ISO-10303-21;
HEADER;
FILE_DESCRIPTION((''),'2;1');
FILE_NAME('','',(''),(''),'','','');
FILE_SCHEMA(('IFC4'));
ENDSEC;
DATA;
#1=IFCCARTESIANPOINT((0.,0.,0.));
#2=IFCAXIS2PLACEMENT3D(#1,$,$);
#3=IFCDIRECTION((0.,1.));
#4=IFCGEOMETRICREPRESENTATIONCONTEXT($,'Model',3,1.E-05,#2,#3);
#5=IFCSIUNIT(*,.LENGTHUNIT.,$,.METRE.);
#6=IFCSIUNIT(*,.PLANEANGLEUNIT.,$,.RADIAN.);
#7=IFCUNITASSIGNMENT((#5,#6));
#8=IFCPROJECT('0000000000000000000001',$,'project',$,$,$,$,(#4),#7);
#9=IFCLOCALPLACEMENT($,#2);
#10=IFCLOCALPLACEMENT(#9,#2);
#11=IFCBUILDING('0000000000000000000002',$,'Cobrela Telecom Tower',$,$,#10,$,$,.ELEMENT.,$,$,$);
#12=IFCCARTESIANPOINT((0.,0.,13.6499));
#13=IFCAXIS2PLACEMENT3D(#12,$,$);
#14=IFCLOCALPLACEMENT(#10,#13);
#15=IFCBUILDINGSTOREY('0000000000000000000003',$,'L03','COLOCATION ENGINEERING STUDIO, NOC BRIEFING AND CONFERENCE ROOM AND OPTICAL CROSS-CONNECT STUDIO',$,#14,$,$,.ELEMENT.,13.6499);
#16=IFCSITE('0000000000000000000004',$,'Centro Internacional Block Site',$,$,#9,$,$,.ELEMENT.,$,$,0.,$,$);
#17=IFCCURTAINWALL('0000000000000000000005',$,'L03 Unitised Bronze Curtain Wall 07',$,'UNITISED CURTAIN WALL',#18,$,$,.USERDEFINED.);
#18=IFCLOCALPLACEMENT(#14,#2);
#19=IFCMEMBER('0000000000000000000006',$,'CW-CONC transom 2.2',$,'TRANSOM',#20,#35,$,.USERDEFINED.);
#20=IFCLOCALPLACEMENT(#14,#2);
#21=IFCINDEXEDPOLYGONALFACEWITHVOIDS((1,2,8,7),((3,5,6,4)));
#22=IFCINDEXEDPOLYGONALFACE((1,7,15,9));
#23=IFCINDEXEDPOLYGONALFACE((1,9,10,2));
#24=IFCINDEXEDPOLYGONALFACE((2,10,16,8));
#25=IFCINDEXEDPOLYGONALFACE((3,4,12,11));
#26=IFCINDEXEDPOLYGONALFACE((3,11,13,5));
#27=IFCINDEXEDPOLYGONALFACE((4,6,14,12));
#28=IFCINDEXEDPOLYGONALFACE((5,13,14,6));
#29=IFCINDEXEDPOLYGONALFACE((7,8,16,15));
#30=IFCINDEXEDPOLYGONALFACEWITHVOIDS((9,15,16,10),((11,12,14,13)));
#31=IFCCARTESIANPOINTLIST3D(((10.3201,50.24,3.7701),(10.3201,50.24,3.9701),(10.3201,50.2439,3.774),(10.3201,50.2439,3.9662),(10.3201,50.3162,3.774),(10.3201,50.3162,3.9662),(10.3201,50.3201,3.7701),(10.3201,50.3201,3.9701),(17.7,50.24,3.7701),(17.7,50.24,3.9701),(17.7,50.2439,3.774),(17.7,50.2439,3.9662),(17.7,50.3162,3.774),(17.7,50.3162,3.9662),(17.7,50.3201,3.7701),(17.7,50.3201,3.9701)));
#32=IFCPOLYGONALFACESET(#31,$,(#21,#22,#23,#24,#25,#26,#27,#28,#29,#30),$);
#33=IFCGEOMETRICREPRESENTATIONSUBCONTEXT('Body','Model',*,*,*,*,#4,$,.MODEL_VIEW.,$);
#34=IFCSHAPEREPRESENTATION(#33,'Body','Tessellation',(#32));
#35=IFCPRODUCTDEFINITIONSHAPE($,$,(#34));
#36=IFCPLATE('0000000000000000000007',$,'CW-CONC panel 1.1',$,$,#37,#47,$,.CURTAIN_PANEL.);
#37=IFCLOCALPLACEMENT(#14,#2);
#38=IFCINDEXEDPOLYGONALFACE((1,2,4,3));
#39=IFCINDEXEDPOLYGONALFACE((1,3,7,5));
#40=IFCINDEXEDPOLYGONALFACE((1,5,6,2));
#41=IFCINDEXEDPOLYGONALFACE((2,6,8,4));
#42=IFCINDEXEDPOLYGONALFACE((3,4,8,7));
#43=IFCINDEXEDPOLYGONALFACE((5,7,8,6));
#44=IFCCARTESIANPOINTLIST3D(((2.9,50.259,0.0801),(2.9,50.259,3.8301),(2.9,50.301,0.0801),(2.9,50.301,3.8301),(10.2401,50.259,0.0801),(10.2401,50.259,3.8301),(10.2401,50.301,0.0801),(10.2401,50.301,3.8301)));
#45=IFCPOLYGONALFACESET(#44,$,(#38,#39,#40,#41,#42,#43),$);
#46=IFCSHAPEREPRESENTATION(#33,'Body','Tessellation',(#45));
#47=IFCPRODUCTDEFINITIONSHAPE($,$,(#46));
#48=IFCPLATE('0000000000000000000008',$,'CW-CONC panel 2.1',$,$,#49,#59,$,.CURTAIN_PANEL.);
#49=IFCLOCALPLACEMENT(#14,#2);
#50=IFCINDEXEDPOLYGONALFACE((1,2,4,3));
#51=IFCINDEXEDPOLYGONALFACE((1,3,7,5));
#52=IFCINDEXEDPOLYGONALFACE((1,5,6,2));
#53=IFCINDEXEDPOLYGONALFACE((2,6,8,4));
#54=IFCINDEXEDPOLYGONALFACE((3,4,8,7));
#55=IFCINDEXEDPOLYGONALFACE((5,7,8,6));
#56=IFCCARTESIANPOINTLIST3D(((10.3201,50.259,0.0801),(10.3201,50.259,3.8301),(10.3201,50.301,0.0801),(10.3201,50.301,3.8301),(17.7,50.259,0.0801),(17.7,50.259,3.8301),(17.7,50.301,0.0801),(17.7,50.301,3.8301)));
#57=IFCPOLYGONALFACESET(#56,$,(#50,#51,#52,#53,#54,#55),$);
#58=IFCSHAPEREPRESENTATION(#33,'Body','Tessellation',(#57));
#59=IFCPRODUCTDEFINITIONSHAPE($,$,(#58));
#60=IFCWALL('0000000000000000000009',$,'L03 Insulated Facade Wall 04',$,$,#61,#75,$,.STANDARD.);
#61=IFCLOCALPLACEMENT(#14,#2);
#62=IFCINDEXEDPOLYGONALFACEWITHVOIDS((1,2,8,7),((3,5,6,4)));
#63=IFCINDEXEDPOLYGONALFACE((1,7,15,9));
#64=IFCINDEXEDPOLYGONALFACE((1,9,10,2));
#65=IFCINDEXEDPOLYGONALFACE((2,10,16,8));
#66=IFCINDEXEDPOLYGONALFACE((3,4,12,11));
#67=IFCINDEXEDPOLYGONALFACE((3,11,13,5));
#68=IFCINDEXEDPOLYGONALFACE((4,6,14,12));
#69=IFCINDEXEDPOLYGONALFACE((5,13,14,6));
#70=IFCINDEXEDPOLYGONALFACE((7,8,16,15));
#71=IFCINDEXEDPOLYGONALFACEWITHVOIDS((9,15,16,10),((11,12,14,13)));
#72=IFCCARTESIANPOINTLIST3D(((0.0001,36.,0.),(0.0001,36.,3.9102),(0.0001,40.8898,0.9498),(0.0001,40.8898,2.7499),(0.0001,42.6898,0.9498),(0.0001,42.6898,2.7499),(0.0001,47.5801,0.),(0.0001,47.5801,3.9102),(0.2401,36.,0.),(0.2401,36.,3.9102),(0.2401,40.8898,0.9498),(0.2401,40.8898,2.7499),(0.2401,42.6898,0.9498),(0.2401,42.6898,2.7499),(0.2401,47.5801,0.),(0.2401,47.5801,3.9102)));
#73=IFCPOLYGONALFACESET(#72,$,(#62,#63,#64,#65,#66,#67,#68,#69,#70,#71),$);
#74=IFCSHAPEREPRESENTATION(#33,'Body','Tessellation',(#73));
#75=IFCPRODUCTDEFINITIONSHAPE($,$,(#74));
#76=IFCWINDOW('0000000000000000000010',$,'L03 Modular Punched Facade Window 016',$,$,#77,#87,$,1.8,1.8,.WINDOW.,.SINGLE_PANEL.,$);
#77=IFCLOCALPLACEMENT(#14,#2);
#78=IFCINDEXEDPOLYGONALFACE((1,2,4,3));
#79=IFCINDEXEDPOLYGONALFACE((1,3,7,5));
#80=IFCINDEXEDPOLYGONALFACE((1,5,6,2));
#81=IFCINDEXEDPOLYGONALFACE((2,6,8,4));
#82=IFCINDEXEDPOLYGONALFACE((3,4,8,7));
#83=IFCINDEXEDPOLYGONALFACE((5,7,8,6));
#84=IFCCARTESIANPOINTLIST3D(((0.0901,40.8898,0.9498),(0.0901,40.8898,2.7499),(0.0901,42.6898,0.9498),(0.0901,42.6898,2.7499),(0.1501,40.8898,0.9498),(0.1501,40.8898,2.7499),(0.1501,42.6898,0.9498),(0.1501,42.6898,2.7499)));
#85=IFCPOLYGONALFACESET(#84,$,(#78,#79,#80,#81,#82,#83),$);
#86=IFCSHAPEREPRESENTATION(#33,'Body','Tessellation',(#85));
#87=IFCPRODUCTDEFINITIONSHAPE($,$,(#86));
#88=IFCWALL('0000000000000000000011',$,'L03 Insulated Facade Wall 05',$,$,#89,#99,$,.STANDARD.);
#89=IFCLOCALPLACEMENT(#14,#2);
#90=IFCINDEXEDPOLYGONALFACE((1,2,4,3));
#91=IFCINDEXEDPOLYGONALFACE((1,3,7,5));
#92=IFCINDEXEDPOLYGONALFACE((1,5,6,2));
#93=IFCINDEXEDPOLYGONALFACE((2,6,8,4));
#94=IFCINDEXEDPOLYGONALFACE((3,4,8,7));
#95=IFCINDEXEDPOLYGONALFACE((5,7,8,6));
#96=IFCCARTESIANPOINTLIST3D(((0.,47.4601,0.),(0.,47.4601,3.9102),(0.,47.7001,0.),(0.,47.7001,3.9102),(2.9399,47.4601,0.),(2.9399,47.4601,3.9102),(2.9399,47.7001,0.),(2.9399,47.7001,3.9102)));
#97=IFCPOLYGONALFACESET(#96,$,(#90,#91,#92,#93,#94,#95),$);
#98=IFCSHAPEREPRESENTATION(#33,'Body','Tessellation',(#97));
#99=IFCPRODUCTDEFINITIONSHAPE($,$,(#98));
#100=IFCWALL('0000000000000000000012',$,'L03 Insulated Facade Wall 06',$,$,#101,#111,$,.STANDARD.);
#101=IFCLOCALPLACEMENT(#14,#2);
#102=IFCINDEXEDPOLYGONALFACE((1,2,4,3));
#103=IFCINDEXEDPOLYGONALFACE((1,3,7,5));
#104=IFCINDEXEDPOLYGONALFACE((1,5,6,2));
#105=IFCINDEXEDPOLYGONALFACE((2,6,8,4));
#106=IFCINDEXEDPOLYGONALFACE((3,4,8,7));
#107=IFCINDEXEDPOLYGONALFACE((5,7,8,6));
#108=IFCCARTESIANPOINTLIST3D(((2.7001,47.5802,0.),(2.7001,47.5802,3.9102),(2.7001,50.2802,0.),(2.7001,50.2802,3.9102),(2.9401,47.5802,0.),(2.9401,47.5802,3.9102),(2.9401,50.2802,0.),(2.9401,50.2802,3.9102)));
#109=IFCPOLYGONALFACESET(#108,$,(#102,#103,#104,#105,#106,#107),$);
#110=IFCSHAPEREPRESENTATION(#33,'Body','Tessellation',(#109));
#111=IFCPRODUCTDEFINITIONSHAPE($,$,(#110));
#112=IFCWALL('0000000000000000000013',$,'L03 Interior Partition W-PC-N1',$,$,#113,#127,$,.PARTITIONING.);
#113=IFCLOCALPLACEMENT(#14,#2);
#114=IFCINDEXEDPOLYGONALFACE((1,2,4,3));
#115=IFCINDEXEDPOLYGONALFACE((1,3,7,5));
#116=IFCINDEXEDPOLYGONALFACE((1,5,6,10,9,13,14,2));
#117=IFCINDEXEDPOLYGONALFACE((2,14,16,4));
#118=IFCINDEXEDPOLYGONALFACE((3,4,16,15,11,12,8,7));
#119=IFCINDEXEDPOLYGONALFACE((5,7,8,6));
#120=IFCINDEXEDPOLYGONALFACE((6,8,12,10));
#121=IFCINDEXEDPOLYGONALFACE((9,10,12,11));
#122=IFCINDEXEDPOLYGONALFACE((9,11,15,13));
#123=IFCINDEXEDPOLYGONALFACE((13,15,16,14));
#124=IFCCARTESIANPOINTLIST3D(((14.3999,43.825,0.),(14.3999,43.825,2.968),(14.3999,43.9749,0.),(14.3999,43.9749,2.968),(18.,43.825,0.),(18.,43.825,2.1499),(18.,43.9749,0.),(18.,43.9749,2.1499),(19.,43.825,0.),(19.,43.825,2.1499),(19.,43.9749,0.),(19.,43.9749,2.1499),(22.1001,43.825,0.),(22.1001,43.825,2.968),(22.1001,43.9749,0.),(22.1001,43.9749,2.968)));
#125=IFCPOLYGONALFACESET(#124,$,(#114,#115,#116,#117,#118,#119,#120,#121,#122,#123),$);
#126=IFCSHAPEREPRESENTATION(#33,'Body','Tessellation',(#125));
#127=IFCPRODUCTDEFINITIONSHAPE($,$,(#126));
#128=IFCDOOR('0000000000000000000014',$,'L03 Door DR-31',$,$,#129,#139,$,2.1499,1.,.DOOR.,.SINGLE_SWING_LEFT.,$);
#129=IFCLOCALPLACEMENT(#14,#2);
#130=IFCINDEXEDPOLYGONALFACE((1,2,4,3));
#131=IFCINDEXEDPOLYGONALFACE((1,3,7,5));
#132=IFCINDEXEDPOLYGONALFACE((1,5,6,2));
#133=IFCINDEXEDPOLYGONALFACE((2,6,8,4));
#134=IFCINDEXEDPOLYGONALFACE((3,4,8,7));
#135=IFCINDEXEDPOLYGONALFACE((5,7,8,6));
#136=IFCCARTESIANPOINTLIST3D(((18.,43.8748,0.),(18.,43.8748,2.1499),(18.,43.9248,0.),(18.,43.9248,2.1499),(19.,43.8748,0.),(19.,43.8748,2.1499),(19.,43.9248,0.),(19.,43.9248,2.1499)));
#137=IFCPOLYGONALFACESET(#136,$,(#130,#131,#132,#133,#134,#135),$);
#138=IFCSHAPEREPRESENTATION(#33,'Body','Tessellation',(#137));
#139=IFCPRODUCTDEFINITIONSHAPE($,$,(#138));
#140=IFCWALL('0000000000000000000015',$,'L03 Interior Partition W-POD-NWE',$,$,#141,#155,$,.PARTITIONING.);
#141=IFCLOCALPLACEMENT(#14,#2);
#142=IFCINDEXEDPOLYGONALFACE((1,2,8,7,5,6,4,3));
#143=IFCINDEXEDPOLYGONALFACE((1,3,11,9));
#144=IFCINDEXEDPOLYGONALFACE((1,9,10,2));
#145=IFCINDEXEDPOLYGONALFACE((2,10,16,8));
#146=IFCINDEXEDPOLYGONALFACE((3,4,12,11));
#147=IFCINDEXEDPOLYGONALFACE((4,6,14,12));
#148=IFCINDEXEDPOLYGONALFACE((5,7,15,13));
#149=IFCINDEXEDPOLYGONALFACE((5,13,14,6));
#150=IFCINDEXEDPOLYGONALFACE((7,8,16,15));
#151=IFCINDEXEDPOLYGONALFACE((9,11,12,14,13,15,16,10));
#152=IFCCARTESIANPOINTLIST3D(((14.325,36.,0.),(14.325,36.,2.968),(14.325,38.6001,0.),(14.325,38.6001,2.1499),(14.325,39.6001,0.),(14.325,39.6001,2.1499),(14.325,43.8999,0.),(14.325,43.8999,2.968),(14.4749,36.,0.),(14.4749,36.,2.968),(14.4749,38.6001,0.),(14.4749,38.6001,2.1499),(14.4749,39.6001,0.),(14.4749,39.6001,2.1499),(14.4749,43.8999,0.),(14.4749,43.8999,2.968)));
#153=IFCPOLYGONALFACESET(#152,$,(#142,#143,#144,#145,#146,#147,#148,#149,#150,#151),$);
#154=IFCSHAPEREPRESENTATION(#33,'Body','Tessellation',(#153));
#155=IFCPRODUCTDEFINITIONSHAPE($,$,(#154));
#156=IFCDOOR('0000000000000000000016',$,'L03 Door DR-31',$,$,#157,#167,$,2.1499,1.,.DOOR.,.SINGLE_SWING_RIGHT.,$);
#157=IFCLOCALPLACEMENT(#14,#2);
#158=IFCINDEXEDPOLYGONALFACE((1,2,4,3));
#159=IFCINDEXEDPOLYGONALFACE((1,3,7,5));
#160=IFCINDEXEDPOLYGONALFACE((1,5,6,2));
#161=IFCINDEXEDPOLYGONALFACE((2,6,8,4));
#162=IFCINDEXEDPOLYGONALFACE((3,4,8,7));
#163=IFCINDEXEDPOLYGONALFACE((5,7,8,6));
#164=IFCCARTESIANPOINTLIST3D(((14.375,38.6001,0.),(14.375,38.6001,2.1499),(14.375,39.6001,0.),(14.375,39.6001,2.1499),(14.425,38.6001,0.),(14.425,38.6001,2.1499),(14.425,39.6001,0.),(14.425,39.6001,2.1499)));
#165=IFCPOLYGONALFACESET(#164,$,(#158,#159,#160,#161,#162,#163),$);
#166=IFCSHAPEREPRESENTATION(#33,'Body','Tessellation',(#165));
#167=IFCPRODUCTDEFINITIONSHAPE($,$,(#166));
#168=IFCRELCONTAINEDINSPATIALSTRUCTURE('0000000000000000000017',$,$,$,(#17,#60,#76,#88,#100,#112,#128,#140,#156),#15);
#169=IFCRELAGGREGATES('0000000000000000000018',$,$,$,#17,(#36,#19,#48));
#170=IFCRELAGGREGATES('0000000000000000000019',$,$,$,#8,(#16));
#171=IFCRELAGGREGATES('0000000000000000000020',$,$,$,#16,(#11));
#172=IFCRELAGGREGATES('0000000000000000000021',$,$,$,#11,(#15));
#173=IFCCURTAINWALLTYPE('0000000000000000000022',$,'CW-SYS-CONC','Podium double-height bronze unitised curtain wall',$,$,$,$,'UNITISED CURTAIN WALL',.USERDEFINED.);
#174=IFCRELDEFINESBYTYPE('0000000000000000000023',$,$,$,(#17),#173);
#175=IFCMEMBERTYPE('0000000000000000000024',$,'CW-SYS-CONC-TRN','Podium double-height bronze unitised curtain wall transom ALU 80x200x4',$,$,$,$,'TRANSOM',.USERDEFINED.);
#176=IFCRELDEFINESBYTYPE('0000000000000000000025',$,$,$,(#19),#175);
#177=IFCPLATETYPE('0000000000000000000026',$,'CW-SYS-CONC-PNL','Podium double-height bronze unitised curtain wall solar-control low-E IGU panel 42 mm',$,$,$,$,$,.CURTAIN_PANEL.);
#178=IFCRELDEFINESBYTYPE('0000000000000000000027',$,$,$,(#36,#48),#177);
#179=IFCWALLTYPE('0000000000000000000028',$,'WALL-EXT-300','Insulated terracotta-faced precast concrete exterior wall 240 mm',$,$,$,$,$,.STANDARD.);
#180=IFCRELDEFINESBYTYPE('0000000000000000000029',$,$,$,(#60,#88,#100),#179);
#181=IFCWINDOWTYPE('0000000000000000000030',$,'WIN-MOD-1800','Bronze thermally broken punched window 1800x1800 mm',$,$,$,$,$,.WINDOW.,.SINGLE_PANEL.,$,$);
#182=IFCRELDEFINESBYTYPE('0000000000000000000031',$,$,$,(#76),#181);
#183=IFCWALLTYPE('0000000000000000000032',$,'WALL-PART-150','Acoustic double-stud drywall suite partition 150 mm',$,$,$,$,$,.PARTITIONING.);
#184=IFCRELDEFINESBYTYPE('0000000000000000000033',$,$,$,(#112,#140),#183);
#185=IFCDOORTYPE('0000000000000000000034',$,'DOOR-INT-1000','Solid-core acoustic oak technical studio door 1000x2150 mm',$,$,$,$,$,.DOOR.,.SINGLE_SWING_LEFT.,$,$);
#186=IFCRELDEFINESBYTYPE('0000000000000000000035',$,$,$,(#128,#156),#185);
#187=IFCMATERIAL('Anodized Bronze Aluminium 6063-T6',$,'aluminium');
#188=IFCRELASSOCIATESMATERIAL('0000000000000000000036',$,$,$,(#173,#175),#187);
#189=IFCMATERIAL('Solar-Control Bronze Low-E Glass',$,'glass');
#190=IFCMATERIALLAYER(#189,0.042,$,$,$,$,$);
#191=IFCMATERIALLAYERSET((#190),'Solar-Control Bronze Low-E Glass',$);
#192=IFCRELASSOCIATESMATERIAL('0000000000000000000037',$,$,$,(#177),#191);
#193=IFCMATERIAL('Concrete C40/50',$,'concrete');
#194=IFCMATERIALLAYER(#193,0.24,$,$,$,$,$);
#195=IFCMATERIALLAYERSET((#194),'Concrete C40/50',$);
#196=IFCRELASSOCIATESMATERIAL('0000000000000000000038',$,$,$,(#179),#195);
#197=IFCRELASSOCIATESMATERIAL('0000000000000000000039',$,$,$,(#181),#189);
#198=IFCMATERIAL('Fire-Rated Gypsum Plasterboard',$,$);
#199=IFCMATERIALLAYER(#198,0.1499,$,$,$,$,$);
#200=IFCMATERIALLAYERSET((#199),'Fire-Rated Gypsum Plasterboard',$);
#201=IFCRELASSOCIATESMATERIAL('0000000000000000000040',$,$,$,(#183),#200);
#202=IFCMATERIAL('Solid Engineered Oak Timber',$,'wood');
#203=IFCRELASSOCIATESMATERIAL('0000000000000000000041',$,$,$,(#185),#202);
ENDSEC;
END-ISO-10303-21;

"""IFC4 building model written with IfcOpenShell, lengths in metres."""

from ifc_helpers import new_model, si_unit, direction, frame, frame_2d, origin, origin_2d, place, context, subcontext, project, spatial, rectangle, hollow_rectangle, extrude, material, layer, layer_set, material_profile, profile_set, type_object, element, fill, aggregate, save


model = new_model("IFC4")

# Units and contexts
model_context = context("Model", 3, precision=1e-05, world=origin(), true_north=direction((0.0, 1.0)))
body_context = subcontext(model_context, "Body", "Model", "MODEL_VIEW")
ifc_project = project(units=[si_unit("LENGTHUNIT", "METRE"), si_unit("PLANEANGLEUNIT", "RADIAN")], contexts=[model_context])

# Site, building, storey
site_placement = place(None, origin())
site = spatial("IfcSite", under=ifc_project, at=site_placement, Name="Centro Internacional Block Site", CompositionType="ELEMENT", RefElevation=0.0)
building_placement = place(site_placement, origin())
building = spatial("IfcBuilding", under=site, at=building_placement, Name="Cobrela Telecom Tower", CompositionType="ELEMENT")
storey_placement = place(building_placement, frame((0.0, 0.0, 13.6499)))
storey = spatial("IfcBuildingStorey", under=building, at=storey_placement, Name="L03", Description="COLOCATION ENGINEERING STUDIO, NOC BRIEFING AND CONFERENCE ROOM AND OPTICAL CROSS-CONNECT STUDIO", CompositionType="ELEMENT", Elevation=13.6499)

# Shared definitions
ifc_material_1 = material(Name="Concrete C40/50", Category="concrete")

# Curtain wall, member, plates
ifc_material_2 = material(Name="Anodized Bronze Aluminium 6063-T6", Category="aluminium")
curtain_wall_type = type_object("IfcCurtainWallType", Name="CW-SYS-CONC", Description="Podium double-height bronze unitised curtain wall", ElementType="UNITISED CURTAIN WALL", PredefinedType="USERDEFINED", material=ifc_material_2)
curtain_wall_placement = place(storey_placement, origin())
curtain_wall = element("IfcCurtainWall", 1, at=curtain_wall_placement, inside=storey, type_object=curtain_wall_type, Name="L03 Unitised Bronze Curtain Wall 07", ObjectType="UNITISED CURTAIN WALL", PredefinedType="USERDEFINED")
ifc_material_profile_1 = material_profile(ifc_material_2, hollow_rectangle(XDim=0.0801, YDim=0.2, WallThickness=0.0039, at=origin_2d()), Name="ALU 80x200x4")
ifc_profile_set_1 = profile_set([ifc_material_profile_1], Name="Anodized Bronze Aluminium 6063-T6")
member_type_1 = type_object("IfcMemberType", Name="CW-SYS-CONC-TRN", Description="Podium double-height bronze unitised curtain wall transom ALU 80x200x4", ElementType="TRANSOM", PredefinedType="USERDEFINED", material=ifc_profile_set_1)
member_1_placement = place(storey_placement, frame((10.3201, 50.28, 3.8701), z_axis=(1.0, 0.0, 0.0), x_axis=(0.0, 1.0, 0.0)))
member_1 = element("IfcMember", 2, at=member_1_placement, type_object=member_type_1, Name="CW-CONC transom 2.2", ObjectType="TRANSOM", PredefinedType="USERDEFINED", context=body_context, shape_type="SweptSolid", body=[
    extrude(hollow_rectangle(XDim=0.0801, YDim=0.2, WallThickness=0.0039, at=origin_2d()), origin(), (0.0, 0.0, 1.0), 7.3799),
])
ifc_material_3 = material(Name="Solar-Control Bronze Low-E Glass", Category="glass")
ifc_layer_1 = layer(ifc_material_3, 0.042)
ifc_layer_set_1 = layer_set([ifc_layer_1], Name="Solar-Control Bronze Low-E Glass")
plate_type = type_object("IfcPlateType", Name="CW-SYS-CONC-PNL", Description="Podium double-height bronze unitised curtain wall solar-control low-E IGU panel 42 mm", PredefinedType="CURTAIN_PANEL", material=ifc_layer_set_1)
plate_1_placement = place(storey_placement, frame((6.5701, 50.28, 0.0801), z_axis=(0.0, 0.0, 1.0), x_axis=(1.0, 0.0, 0.0)))
plate_1 = element("IfcPlate", 3, at=plate_1_placement, type_object=plate_type, Name="CW-CONC panel 1.1", PredefinedType="CURTAIN_PANEL", context=body_context, shape_type="SweptSolid", body=[
    extrude(rectangle(XDim=7.3401, YDim=0.042, at=origin_2d()), origin(), (0.0, 0.0, 1.0), 3.75),
])
plate_2_placement = place(storey_placement, frame((14.01, 50.28, 0.0801), z_axis=(0.0, 0.0, 1.0), x_axis=(1.0, 0.0, 0.0)))
plate_2 = element("IfcPlate", 4, at=plate_2_placement, type_object=plate_type, Name="CW-CONC panel 2.1", PredefinedType="CURTAIN_PANEL", context=body_context, shape_type="SweptSolid", body=[
    extrude(rectangle(XDim=7.3799, YDim=0.042, at=origin_2d()), origin(), (0.0, 0.0, 1.0), 3.75),
])
aggregate(curtain_wall, [plate_1, member_1, plate_2])

# Wall, opening, window
ifc_layer_2 = layer(ifc_material_1, 0.24)
ifc_layer_set_2 = layer_set([ifc_layer_2], Name="Concrete C40/50")
wall_type_1 = type_object("IfcWallType", Name="WALL-EXT-300", Description="Insulated terracotta-faced precast concrete exterior wall 240 mm", PredefinedType="STANDARD", material=ifc_layer_set_2)
wall_1_placement = place(storey_placement, frame((0.1201, 36.0, 0.0), z_axis=(0.0, 0.0, 1.0), x_axis=(0.0, 1.0, 0.0)))
wall_1 = element("IfcWall", 5, at=wall_1_placement, inside=storey, type_object=wall_type_1, Name="L03 Insulated Facade Wall 04", PredefinedType="STANDARD", context=body_context, shape_type="SweptSolid", body=[
    extrude(rectangle(XDim=11.5801, YDim=0.24, at=frame_2d((5.79, 0.0))), origin(), (0.0, 0.0, 1.0), 3.9102),
])
opening_1_placement = place(wall_1_placement, frame((4.8899, 0.0, 0.95)))
opening_1 = element("IfcOpeningElement", 6, at=opening_1_placement, cuts=wall_1, PredefinedType="OPENING", context=body_context, shape_type="SweptSolid", body=[
    extrude(rectangle(XDim=1.8, YDim=1.8, at=frame_2d((0.8999, 0.8999))), frame((0.0, 0.1318, 0.0), z_axis=(0.0, -1.0, 0.0), x_axis=(1.0, 0.0, 0.0)), (0.0, 0.0, 1.0), 0.2639),
])
window_type = type_object("IfcWindowType", Name="WIN-MOD-1800", Description="Bronze thermally broken punched window 1800x1800 mm", PartitioningType="SINGLE_PANEL", PredefinedType="WINDOW", material=ifc_material_3)
window_placement = place(opening_1_placement, origin())
window = element("IfcWindow", 7, at=window_placement, inside=storey, type_object=window_type, Name="L03 Modular Punched Facade Window 016", OverallHeight=1.8, OverallWidth=1.8, PartitioningType="SINGLE_PANEL", PredefinedType="WINDOW", context=body_context, shape_type="SweptSolid", body=[
    extrude(rectangle(XDim=1.8, YDim=1.8, at=frame_2d((0.8999, 0.8999))), frame((0.0, 0.03, 0.0), z_axis=(0.0, -1.0, 0.0), x_axis=(1.0, 0.0, 0.0)), (0.0, 0.0, 1.0), 0.0601),
])
fill(opening_1, window)

# Walls
wall_2_placement = place(storey_placement, frame((0.0, 47.5801, 0.0), z_axis=(0.0, 0.0, 1.0), x_axis=(1.0, 0.0, 0.0)))
element("IfcWall", 8, at=wall_2_placement, inside=storey, type_object=wall_type_1, Name="L03 Insulated Facade Wall 05", PredefinedType="STANDARD", context=body_context, shape_type="SweptSolid", body=[
    extrude(rectangle(XDim=2.9399, YDim=0.24, at=frame_2d((1.47, 0.0))), origin(), (0.0, 0.0, 1.0), 3.9102),
])
wall_3_placement = place(storey_placement, frame((2.8201, 47.5801, 0.0), z_axis=(0.0, 0.0, 1.0), x_axis=(0.0, 1.0, 0.0)))
element("IfcWall", 9, at=wall_3_placement, inside=storey, type_object=wall_type_1, Name="L03 Insulated Facade Wall 06", PredefinedType="STANDARD", context=body_context, shape_type="SweptSolid", body=[
    extrude(rectangle(XDim=2.7, YDim=0.24, at=frame_2d((1.3501, 0.0))), origin(), (0.0, 0.0, 1.0), 3.9102),
])

# Walls, openings, doors
ifc_material_4 = material(Name="Fire-Rated Gypsum Plasterboard")
ifc_layer_3 = layer(ifc_material_4, 0.1499)
ifc_layer_set_3 = layer_set([ifc_layer_3], Name="Fire-Rated Gypsum Plasterboard")
wall_type_2 = type_object("IfcWallType", Name="WALL-PART-150", Description="Acoustic double-stud drywall suite partition 150 mm", PredefinedType="PARTITIONING", material=ifc_layer_set_3)
wall_4_placement = place(storey_placement, frame((14.3999, 43.8999, 0.0), z_axis=(0.0, 0.0, 1.0), x_axis=(1.0, 0.0, 0.0)))
wall_4 = element("IfcWall", 10, at=wall_4_placement, inside=storey, type_object=wall_type_2, Name="L03 Interior Partition W-PC-N1", PredefinedType="PARTITIONING", context=body_context, shape_type="SweptSolid", body=[
    extrude(rectangle(XDim=7.7002, YDim=0.1499, at=frame_2d((3.8501, 0.0))), origin(), (0.0, 0.0, 1.0), 2.968),
])
opening_2_placement = place(wall_4_placement, frame((3.6001, 0.0, 0.0)))
opening_2 = element("IfcOpeningElement", 11, at=opening_2_placement, cuts=wall_4, PredefinedType="OPENING", context=body_context, shape_type="SweptSolid", body=[
    extrude(rectangle(XDim=1.0, YDim=2.1499, at=frame_2d((0.5, 1.075))), frame((0.0, 0.0869, 0.0), z_axis=(0.0, -1.0, 0.0), x_axis=(1.0, 0.0, 0.0)), (0.0, 0.0, 1.0), 0.1738),
])
ifc_material_5 = material(Name="Solid Engineered Oak Timber", Category="wood")
door_type = type_object("IfcDoorType", Name="DOOR-INT-1000", Description="Solid-core acoustic oak technical studio door 1000x2150 mm", OperationType="SINGLE_SWING_LEFT", PredefinedType="DOOR", material=ifc_material_5)
door_1_placement = place(opening_2_placement, origin())
door_1 = element("IfcDoor", 12, at=door_1_placement, inside=storey, type_object=door_type, Name="L03 Door DR-31", OperationType="SINGLE_SWING_LEFT", OverallHeight=2.1499, OverallWidth=1.0, PredefinedType="DOOR", context=body_context, shape_type="SweptSolid", body=[
    extrude(rectangle(XDim=1.0, YDim=2.1499, at=frame_2d((0.5, 1.075))), frame((0.0, 0.0249, 0.0), z_axis=(0.0, -1.0, 0.0), x_axis=(1.0, 0.0, 0.0)), (0.0, 0.0, 1.0), 0.05),
])
fill(opening_2, door_1)
wall_5_placement = place(storey_placement, frame((14.3999, 36.0, 0.0), z_axis=(0.0, 0.0, 1.0), x_axis=(0.0, 1.0, 0.0)))
wall_5 = element("IfcWall", 13, at=wall_5_placement, inside=storey, type_object=wall_type_2, Name="L03 Interior Partition W-POD-NWE", PredefinedType="PARTITIONING", context=body_context, shape_type="SweptSolid", body=[
    extrude(rectangle(XDim=7.8999, YDim=0.1499, at=frame_2d((3.95, 0.0))), origin(), (0.0, 0.0, 1.0), 2.968),
])
opening_3_placement = place(wall_5_placement, frame((2.6001, 0.0, 0.0)))
opening_3 = element("IfcOpeningElement", 14, at=opening_3_placement, cuts=wall_5, PredefinedType="OPENING", context=body_context, shape_type="SweptSolid", body=[
    extrude(rectangle(XDim=1.0, YDim=2.1499, at=frame_2d((0.5, 1.075))), frame((0.0, 0.0869, 0.0), z_axis=(0.0, -1.0, 0.0), x_axis=(1.0, 0.0, 0.0)), (0.0, 0.0, 1.0), 0.1738),
])
door_2_placement = place(opening_3_placement, origin())
door_2 = element("IfcDoor", 15, at=door_2_placement, inside=storey, type_object=door_type, Name="L03 Door DR-31", OperationType="SINGLE_SWING_RIGHT", OverallHeight=2.1499, OverallWidth=1.0, PredefinedType="DOOR", context=body_context, shape_type="SweptSolid", body=[
    extrude(rectangle(XDim=1.0, YDim=2.1499, at=frame_2d((0.5, 1.075))), frame((0.0, 0.0249, 0.0), z_axis=(0.0, -1.0, 0.0), x_axis=(1.0, 0.0, 0.0)), (0.0, 0.0, 1.0), 0.05),
])
fill(opening_3, door_2)

save(model, "model.ifc")
